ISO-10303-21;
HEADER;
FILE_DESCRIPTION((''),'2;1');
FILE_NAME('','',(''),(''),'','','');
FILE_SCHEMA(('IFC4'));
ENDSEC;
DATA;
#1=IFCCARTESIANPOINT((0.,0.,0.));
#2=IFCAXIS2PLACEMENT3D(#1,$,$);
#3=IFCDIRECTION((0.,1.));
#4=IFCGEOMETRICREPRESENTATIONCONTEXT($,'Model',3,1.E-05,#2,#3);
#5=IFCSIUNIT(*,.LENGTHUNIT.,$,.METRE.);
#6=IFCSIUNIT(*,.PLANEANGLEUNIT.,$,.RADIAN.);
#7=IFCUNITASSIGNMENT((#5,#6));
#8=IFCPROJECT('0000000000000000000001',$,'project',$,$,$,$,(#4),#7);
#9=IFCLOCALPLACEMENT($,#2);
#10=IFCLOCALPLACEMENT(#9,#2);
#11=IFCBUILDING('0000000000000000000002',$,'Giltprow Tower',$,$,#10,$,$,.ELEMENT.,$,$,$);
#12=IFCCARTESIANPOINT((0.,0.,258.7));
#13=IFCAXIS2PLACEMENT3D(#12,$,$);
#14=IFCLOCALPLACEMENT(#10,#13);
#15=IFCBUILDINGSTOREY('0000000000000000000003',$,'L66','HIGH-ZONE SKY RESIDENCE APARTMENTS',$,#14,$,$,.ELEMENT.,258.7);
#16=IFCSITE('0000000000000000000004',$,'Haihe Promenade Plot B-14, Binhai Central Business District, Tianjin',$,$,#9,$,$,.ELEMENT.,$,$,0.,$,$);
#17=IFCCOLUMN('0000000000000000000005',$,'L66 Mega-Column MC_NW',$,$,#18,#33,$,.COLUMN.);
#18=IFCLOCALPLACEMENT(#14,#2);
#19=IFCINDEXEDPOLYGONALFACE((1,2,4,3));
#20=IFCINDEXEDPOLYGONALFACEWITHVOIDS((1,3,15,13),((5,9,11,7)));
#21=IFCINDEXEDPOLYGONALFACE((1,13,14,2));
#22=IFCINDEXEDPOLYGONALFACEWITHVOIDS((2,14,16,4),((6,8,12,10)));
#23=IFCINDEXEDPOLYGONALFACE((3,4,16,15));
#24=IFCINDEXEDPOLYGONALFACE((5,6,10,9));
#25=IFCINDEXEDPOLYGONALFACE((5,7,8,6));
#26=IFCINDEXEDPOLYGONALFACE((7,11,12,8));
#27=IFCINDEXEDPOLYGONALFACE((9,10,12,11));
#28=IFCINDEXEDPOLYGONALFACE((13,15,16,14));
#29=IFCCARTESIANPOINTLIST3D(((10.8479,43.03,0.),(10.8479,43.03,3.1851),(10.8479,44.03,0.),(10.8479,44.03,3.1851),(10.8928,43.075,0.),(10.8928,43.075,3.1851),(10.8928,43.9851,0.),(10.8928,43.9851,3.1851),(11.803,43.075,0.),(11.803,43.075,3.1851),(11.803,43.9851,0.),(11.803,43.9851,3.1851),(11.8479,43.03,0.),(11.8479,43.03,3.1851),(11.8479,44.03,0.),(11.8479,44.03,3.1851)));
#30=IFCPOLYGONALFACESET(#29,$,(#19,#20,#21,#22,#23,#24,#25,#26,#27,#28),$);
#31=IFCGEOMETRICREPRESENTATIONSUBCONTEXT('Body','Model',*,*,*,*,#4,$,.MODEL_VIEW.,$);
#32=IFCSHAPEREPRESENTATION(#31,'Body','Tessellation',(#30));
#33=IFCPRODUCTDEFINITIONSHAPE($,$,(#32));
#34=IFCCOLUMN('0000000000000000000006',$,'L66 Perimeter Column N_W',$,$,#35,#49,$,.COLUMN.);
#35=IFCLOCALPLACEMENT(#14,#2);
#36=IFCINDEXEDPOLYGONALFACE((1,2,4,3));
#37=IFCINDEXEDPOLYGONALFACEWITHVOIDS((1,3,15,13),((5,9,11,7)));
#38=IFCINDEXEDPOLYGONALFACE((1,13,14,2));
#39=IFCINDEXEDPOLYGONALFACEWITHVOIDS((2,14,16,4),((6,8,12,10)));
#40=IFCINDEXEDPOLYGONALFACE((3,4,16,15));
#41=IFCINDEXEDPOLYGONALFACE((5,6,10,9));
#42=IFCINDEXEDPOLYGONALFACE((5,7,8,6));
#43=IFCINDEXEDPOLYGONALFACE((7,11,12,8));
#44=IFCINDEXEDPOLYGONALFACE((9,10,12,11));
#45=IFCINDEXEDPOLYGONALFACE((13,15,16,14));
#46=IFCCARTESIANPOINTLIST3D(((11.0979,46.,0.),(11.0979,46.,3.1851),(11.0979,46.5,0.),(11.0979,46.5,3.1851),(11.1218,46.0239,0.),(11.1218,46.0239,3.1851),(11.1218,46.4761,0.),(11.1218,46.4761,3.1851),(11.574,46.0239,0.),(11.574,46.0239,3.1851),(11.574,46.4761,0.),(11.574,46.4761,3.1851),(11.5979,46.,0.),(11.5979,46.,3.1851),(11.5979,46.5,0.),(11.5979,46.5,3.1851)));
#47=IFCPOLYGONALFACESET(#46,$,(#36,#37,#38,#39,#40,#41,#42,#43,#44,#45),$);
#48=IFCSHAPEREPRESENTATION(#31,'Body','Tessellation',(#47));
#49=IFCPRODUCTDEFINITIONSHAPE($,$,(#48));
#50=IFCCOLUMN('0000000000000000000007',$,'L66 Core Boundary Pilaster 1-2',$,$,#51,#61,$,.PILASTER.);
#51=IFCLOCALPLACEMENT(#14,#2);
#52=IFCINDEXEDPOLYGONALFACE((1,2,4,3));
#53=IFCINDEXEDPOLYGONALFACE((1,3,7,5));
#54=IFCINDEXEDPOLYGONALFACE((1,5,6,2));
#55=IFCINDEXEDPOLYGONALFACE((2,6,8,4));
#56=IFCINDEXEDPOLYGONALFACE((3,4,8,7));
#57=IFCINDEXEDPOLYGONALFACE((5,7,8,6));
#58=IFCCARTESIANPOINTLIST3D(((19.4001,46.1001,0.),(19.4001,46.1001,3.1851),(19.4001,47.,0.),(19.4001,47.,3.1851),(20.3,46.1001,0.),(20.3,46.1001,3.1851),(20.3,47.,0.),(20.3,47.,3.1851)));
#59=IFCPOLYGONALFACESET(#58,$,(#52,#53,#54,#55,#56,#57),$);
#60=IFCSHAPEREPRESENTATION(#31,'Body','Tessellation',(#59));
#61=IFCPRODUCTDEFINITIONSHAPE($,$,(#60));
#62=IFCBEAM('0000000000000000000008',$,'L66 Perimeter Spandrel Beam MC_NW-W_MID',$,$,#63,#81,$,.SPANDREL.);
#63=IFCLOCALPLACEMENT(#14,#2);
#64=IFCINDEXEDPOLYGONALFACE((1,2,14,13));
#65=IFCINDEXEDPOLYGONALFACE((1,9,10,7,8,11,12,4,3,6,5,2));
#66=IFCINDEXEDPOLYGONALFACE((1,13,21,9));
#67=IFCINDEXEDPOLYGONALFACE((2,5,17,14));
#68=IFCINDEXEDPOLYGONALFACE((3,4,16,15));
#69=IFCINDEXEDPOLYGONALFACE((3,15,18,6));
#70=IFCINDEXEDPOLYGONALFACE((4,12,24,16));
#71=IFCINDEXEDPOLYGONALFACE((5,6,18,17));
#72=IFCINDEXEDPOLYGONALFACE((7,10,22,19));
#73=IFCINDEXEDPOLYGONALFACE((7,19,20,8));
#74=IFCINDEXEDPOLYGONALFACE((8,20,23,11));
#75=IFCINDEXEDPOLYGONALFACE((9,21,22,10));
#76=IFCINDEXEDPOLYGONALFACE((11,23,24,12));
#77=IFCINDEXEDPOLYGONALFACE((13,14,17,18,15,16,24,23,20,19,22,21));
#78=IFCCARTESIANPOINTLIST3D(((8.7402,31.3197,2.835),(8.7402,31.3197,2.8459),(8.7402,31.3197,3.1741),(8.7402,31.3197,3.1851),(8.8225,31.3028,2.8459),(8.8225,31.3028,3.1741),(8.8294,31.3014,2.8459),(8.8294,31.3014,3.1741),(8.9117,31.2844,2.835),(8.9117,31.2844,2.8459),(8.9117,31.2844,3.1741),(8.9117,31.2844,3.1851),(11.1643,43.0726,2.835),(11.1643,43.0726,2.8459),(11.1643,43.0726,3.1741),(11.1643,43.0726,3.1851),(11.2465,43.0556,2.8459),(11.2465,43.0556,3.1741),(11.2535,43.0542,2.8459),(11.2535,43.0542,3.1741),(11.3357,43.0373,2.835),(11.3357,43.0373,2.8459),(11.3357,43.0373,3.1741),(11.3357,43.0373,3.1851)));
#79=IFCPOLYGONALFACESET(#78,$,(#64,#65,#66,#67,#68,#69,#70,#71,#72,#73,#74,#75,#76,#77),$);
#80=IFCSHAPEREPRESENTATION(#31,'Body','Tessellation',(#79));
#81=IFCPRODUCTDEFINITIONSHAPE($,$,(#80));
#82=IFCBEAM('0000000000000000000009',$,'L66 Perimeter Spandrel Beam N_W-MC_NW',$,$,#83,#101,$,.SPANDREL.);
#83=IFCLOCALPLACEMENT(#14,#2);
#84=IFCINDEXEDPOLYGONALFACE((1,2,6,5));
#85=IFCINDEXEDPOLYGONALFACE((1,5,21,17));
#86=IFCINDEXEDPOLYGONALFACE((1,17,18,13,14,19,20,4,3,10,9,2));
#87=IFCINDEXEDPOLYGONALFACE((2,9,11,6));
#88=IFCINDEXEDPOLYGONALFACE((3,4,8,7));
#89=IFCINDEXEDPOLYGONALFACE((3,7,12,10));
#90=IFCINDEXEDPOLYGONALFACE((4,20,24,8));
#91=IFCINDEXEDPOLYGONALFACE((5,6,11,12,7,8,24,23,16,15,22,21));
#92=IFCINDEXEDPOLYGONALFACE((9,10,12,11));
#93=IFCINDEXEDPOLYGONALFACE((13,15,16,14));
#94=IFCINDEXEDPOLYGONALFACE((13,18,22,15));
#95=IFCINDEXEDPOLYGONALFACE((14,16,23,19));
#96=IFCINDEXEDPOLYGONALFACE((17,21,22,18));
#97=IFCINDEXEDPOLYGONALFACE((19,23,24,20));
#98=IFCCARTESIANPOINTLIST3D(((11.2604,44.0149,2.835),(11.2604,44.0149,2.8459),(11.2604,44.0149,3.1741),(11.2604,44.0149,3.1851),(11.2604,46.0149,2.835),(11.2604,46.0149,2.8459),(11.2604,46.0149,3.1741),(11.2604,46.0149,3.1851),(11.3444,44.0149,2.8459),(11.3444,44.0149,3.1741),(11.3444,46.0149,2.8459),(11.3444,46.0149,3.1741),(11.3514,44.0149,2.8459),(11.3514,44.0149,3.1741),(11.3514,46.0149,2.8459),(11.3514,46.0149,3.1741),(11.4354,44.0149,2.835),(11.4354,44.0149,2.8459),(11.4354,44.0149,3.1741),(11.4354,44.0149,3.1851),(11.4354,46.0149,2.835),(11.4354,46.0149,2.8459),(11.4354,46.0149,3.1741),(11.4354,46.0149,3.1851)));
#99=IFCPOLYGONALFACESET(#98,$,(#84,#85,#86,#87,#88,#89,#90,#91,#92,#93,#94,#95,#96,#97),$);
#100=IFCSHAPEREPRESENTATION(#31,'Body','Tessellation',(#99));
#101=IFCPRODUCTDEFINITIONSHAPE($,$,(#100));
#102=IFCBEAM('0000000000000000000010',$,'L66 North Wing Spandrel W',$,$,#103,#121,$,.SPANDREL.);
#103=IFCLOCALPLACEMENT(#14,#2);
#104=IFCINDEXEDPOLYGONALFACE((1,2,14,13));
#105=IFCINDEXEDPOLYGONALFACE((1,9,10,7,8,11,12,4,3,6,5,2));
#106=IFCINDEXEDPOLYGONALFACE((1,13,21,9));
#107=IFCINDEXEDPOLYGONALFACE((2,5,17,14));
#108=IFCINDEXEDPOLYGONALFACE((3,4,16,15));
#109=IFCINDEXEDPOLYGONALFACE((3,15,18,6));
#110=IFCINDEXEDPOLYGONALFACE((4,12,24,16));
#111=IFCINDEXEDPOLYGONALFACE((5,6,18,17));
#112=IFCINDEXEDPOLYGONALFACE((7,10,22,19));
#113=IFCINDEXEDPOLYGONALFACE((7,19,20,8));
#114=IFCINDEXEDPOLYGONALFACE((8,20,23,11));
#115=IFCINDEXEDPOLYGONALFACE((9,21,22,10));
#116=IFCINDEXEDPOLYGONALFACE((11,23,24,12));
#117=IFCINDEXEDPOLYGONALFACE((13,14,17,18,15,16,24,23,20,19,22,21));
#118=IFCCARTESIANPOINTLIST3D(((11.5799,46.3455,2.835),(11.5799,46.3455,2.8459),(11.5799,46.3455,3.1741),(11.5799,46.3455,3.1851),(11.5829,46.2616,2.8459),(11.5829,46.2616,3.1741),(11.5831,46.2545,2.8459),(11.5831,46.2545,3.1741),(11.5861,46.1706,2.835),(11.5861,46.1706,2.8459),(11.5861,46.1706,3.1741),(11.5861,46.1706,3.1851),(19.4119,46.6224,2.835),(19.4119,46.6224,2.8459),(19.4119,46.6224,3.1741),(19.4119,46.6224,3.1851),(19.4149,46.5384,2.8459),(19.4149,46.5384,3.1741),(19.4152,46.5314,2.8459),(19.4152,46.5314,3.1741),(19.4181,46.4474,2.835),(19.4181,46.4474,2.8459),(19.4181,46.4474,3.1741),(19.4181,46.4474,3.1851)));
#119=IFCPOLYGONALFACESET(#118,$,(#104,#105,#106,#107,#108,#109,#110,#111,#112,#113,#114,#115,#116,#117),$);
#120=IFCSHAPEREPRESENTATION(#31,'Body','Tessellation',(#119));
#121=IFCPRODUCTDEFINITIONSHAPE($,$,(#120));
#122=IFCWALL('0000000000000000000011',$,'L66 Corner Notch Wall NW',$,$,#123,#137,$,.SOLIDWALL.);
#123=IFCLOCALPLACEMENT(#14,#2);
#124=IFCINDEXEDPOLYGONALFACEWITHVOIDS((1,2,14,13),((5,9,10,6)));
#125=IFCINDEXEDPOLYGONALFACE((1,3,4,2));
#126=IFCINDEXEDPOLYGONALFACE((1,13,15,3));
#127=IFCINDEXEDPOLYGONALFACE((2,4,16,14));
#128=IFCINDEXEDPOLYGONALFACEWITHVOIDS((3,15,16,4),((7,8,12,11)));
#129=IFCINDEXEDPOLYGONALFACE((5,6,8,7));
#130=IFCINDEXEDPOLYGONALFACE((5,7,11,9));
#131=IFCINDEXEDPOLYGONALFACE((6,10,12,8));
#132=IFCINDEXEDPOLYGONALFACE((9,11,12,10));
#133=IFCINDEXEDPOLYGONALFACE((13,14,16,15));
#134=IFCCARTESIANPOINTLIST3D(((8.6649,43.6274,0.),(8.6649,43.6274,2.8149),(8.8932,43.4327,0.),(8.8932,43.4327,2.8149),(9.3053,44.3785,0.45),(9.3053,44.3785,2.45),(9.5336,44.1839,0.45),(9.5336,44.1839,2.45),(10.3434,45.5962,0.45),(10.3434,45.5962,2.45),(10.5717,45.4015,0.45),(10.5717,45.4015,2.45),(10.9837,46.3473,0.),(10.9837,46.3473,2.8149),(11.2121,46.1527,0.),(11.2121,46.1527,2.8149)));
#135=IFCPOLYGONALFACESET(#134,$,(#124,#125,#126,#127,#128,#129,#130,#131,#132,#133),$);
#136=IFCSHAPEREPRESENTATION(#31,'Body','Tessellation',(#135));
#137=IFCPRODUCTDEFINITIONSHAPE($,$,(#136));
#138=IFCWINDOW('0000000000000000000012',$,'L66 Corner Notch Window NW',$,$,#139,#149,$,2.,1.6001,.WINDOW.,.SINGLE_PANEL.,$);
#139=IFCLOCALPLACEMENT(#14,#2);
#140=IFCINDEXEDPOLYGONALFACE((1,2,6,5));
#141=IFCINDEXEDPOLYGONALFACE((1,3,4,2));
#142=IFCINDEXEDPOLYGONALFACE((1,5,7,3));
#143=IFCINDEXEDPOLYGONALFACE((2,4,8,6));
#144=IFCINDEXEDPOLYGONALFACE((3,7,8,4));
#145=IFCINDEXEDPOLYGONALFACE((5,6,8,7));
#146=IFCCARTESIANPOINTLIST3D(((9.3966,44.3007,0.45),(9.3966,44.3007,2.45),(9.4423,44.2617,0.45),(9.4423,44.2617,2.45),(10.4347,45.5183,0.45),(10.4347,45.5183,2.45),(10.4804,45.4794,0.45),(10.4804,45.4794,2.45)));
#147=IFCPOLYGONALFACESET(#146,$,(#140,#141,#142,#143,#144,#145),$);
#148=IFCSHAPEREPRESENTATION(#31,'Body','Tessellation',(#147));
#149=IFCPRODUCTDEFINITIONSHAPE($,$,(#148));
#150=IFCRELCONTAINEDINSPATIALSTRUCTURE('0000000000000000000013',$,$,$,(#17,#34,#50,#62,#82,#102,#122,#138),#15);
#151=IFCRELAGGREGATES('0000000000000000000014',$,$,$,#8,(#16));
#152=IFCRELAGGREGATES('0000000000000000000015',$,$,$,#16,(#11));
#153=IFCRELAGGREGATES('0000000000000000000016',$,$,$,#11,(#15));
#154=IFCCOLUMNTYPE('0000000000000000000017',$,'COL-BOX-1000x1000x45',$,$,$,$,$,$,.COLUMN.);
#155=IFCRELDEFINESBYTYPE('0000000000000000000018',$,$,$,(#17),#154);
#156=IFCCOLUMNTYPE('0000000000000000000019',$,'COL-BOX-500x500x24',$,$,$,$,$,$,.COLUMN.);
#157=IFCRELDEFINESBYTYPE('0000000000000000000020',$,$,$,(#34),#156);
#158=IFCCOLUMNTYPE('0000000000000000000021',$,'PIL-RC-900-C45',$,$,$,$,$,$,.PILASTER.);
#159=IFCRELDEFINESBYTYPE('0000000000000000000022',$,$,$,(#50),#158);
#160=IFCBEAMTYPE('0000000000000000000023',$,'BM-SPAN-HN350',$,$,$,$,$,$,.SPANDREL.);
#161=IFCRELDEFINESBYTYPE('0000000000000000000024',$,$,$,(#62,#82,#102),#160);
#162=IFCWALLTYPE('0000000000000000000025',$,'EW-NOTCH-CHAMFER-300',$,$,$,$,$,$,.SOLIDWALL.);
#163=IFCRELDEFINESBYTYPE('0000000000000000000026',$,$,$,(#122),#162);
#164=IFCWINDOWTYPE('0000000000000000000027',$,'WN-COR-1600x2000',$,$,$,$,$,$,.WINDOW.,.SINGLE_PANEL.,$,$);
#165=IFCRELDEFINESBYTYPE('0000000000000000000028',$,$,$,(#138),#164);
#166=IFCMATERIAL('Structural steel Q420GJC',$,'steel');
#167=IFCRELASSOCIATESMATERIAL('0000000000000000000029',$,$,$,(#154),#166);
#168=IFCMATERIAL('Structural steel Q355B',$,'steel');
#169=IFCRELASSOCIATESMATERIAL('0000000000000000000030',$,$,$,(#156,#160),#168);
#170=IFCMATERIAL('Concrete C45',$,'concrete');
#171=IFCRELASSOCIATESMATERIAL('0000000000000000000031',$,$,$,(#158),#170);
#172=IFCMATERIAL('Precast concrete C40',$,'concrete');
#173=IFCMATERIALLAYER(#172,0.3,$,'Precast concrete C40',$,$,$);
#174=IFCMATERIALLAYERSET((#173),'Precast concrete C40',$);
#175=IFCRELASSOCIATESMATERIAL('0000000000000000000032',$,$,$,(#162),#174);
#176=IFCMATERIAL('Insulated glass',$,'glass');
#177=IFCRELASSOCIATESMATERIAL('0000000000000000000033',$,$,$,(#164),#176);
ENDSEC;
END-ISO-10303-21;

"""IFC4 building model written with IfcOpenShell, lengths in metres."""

from ifc_helpers import new_model, si_unit, direction, frame, frame_2d, origin, origin_2d, place, context, subcontext, project, spatial, rectangle, hollow_rectangle, i_section, extrude, source, transform, mapped, material, layer, layer_set, material_profile, profile_set, type_object, element, fill, save


model = new_model("IFC4")

# Units and contexts
model_context = context("Model", 3, precision=1e-05, world=origin(), true_north=direction((0.0, 1.0)))
body_context = subcontext(model_context, "Body", "Model", "MODEL_VIEW")
ifc_project = project(units=[si_unit("LENGTHUNIT", "METRE"), si_unit("PLANEANGLEUNIT", "RADIAN")], contexts=[model_context])

# Site, building, storey
site_placement = place(None, origin())
site = spatial("IfcSite", under=ifc_project, at=site_placement, Name="Haihe Promenade Plot B-14, Binhai Central Business District, Tianjin", CompositionType="ELEMENT", RefElevation=0.0)
building_placement = place(site_placement, origin())
building = spatial("IfcBuilding", under=site, at=building_placement, Name="Giltprow Tower", CompositionType="ELEMENT")
storey_placement = place(building_placement, frame((0.0, 0.0, 258.7)))
storey = spatial("IfcBuildingStorey", under=building, at=storey_placement, Name="L66", Description="HIGH-ZONE SKY RESIDENCE APARTMENTS", CompositionType="ELEMENT", Elevation=258.7)

# Columns
ifc_material_1 = material(Name="Structural steel Q420GJC", Category="steel")
ifc_material_profile_1 = material_profile(ifc_material_1, hollow_rectangle(XDim=1.0, YDim=1.0, WallThickness=0.0449, at=origin_2d()), Name="BOX 1000x1000x45")
ifc_profile_set_1 = profile_set([ifc_material_profile_1], Name="Structural steel Q420GJC")
column_type_1 = type_object("IfcColumnType", Name="COL-BOX-1000x1000x45", PredefinedType="COLUMN", material=ifc_profile_set_1)
shared_shape_1 = source(origin(), body_context, "Body", "SweptSolid", [
    extrude(hollow_rectangle(XDim=1.0, YDim=1.0, WallThickness=0.0449, at=origin_2d()), origin(), (0.0, 0.0, 1.0), 3.1851),
])
column_1_placement = place(storey_placement, frame((11.3479, 43.53, 0.0), z_axis=(0.0, 0.0, 1.0), x_axis=(1.0, 0.0, 0.0)))
element("IfcColumn", 1, at=column_1_placement, inside=storey, type_object=column_type_1, Name="L66 Mega-Column MC_NW", PredefinedType="COLUMN", context=body_context, shape_type="MappedRepresentation", body=[
    mapped(shared_shape_1, transform((0.0, 0.0, 0.0), x_axis=(1.0, 0.0, 0.0), y_axis=(0.0, 1.0, 0.0), z_axis=(0.0, 0.0, 1.0), scale=1.0)),
])
ifc_material_2 = material(Name="Structural steel Q355B", Category="steel")
ifc_material_profile_2 = material_profile(ifc_material_2, hollow_rectangle(XDim=0.5, YDim=0.5, WallThickness=0.0239, at=origin_2d()), Name="BOX 500x500x24")
ifc_profile_set_2 = profile_set([ifc_material_profile_2], Name="Structural steel Q355B")
column_type_2 = type_object("IfcColumnType", Name="COL-BOX-500x500x24", PredefinedType="COLUMN", material=ifc_profile_set_2)
shared_shape_2 = source(origin(), body_context, "Body", "SweptSolid", [
    extrude(hollow_rectangle(XDim=0.5, YDim=0.5, WallThickness=0.0239, at=origin_2d()), origin(), (0.0, 0.0, 1.0), 3.1851),
])
column_2_placement = place(storey_placement, frame((11.3479, 46.25, 0.0), z_axis=(0.0, 0.0, 1.0), x_axis=(1.0, 0.0, 0.0)))
element("IfcColumn", 2, at=column_2_placement, inside=storey, type_object=column_type_2, Name="L66 Perimeter Column N_W", PredefinedType="COLUMN", context=body_context, shape_type="MappedRepresentation", body=[
    mapped(shared_shape_2, transform((0.0, 0.0, 0.0), x_axis=(1.0, 0.0, 0.0), y_axis=(0.0, 1.0, 0.0), z_axis=(0.0, 0.0, 1.0), scale=1.0)),
])
ifc_material_3 = material(Name="Concrete C45", Category="concrete")
ifc_material_profile_3 = material_profile(ifc_material_3, rectangle(XDim=0.8999, YDim=0.8999, at=origin_2d()), Name="RC 900x900")
ifc_profile_set_3 = profile_set([ifc_material_profile_3], Name="Concrete C45")
column_type_3 = type_object("IfcColumnType", Name="PIL-RC-900-C45", PredefinedType="PILASTER", material=ifc_profile_set_3)
shared_shape_3 = source(origin(), body_context, "Body", "SweptSolid", [
    extrude(rectangle(XDim=0.8999, YDim=0.8999, at=origin_2d()), origin(), (0.0, 0.0, 1.0), 3.1851),
])
column_3_placement = place(storey_placement, frame((19.8501, 46.55, 0.0), z_axis=(0.0, 0.0, 1.0), x_axis=(1.0, 0.0, 0.0)))
element("IfcColumn", 3, at=column_3_placement, inside=storey, type_object=column_type_3, Name="L66 Core Boundary Pilaster 1-2", PredefinedType="PILASTER", context=body_context, shape_type="MappedRepresentation", body=[
    mapped(shared_shape_3, transform((0.0, 0.0, 0.0), x_axis=(1.0, 0.0, 0.0), y_axis=(0.0, 1.0, 0.0), z_axis=(0.0, 0.0, 1.0), scale=1.0)),
])

# Beams
ifc_material_profile_4 = material_profile(ifc_material_2, i_section(OverallWidth=0.175, OverallDepth=0.3501, WebThickness=0.0071, FlangeThickness=0.011, at=origin_2d()), Name="HN 350x175x7x11")
ifc_profile_set_4 = profile_set([ifc_material_profile_4], Name="Structural steel Q355B")
beam_type = type_object("IfcBeamType", Name="BM-SPAN-HN350", PredefinedType="SPANDREL", material=ifc_profile_set_4)
shared_shape_4 = source(origin(), body_context, "Body", "SweptSolid", [
    extrude(i_section(OverallWidth=0.175, OverallDepth=0.3501, WebThickness=0.0071, FlangeThickness=0.011, at=origin_2d()), origin(), (0.0, 0.0, 1.0), 12.0002),
])
beam_1_placement = place(storey_placement, frame((11.25, 43.0549, 3.01), z_axis=(-0.202001, -0.979385, 0.0), x_axis=(0.979385, -0.202001, 0.0)))
element("IfcBeam", 4, at=beam_1_placement, inside=storey, type_object=beam_type, Name="L66 Perimeter Spandrel Beam MC_NW-W_MID", PredefinedType="SPANDREL", context=body_context, shape_type="MappedRepresentation", body=[
    mapped(shared_shape_4, transform((0.0, 0.0, 0.0), x_axis=(1.0, 0.0, 0.0), y_axis=(0.0, 1.0, 0.0), z_axis=(0.0, 0.0, 1.0), scale=1.0)),
])
shared_shape_5 = source(origin(), body_context, "Body", "SweptSolid", [
    extrude(i_section(OverallWidth=0.175, OverallDepth=0.3501, WebThickness=0.0071, FlangeThickness=0.011, at=origin_2d()), origin(), (0.0, 0.0, 1.0), 2.0),
])
beam_2_placement = place(storey_placement, frame((11.3479, 46.0149, 3.01), z_axis=(0.0, -1.0, 0.0), x_axis=(1.0, 0.0, 0.0)))
element("IfcBeam", 5, at=beam_2_placement, inside=storey, type_object=beam_type, Name="L66 Perimeter Spandrel Beam N_W-MC_NW", PredefinedType="SPANDREL", context=body_context, shape_type="MappedRepresentation", body=[
    mapped(shared_shape_5, transform((0.0, 0.0, 0.0), x_axis=(1.0, 0.0, 0.0), y_axis=(0.0, 1.0, 0.0), z_axis=(0.0, 0.0, 1.0), scale=1.0)),
])
shared_shape_6 = source(origin(), body_context, "Body", "SweptSolid", [
    extrude(i_section(OverallWidth=0.175, OverallDepth=0.3501, WebThickness=0.0071, FlangeThickness=0.011, at=origin_2d()), origin(), (0.0, 0.0, 1.0), 7.8369),
])
beam_3_placement = place(storey_placement, frame((11.583, 46.2581, 3.01), z_axis=(0.999376, 0.035327, 0.0), x_axis=(-0.035327, 0.999376, 0.0)))
element("IfcBeam", 6, at=beam_3_placement, inside=storey, type_object=beam_type, Name="L66 North Wing Spandrel W", PredefinedType="SPANDREL", context=body_context, shape_type="MappedRepresentation", body=[
    mapped(shared_shape_6, transform((0.0, 0.0, 0.0), x_axis=(1.0, 0.0, 0.0), y_axis=(0.0, 1.0, 0.0), z_axis=(0.0, 0.0, 1.0), scale=1.0)),
])

# Wall, opening, window
ifc_material_4 = material(Name="Precast concrete C40", Category="concrete")
ifc_layer_1 = layer(ifc_material_4, 0.3, Name="Precast concrete C40")
ifc_layer_set_1 = layer_set([ifc_layer_1], Name="Precast concrete C40")
wall_type_1 = type_object("IfcWallType", Name="EW-NOTCH-CHAMFER-300", PredefinedType="SOLIDWALL", material=ifc_layer_set_1)
wall_1_placement = place(storey_placement, frame((11.0979, 46.25, 0.0), z_axis=(0.0, 0.0, 1.0), x_axis=(-0.648764, -0.76099, 0.0)))
wall_1 = element("IfcWall", 7, at=wall_1_placement, inside=storey, type_object=wall_type_1, Name="L66 Corner Notch Wall NW", PredefinedType="SOLIDWALL", context=body_context, shape_type="SweptSolid", body=[
    extrude(rectangle(XDim=3.5742, YDim=0.3, at=frame_2d((1.7871, 0.0))), origin(), (0.0, 0.0, 1.0), 2.8149),
])
opening_1_placement = place(wall_1_placement, frame((0.9871, 0.0, 0.45)))
opening_1 = element("IfcOpeningElement", 8, at=opening_1_placement, cuts=wall_1, PredefinedType="OPENING", context=body_context, shape_type="SweptSolid", body=[
    extrude(rectangle(XDim=1.6001, YDim=2.0, at=frame_2d((0.8, 1.0))), frame((0.0, 0.1599, 0.0), z_axis=(0.0, -1.0, 0.0), x_axis=(1.0, 0.0, 0.0)), (0.0, 0.0, 1.0), 0.3201),
])
ifc_material_5 = material(Name="Insulated glass", Category="glass")
window_type = type_object("IfcWindowType", Name="WN-COR-1600x2000", PartitioningType="SINGLE_PANEL", PredefinedType="WINDOW", material=ifc_material_5)
shared_shape_7 = source(origin(), body_context, "Body", "SweptSolid", [
    extrude(rectangle(XDim=1.6001, YDim=2.0, at=frame_2d((0.8, 1.0))), frame((0.0, 0.03, 0.0), z_axis=(0.0, -1.0, 0.0), x_axis=(1.0, 0.0, 0.0)), (0.0, 0.0, 1.0), 0.0601),
])
window_1_placement = place(opening_1_placement, origin())
window_1 = element("IfcWindow", 9, at=window_1_placement, inside=storey, type_object=window_type, Name="L66 Corner Notch Window NW", OverallHeight=2.0, OverallWidth=1.6001, PartitioningType="SINGLE_PANEL", PredefinedType="WINDOW", context=body_context, shape_type="MappedRepresentation", body=[
    mapped(shared_shape_7, transform((0.0, 0.0, 0.0), x_axis=(1.0, 0.0, 0.0), y_axis=(0.0, 1.0, 0.0), z_axis=(0.0, 0.0, 1.0), scale=1.0)),
])
fill(opening_1, window_1)

save(model, "model.ifc")
